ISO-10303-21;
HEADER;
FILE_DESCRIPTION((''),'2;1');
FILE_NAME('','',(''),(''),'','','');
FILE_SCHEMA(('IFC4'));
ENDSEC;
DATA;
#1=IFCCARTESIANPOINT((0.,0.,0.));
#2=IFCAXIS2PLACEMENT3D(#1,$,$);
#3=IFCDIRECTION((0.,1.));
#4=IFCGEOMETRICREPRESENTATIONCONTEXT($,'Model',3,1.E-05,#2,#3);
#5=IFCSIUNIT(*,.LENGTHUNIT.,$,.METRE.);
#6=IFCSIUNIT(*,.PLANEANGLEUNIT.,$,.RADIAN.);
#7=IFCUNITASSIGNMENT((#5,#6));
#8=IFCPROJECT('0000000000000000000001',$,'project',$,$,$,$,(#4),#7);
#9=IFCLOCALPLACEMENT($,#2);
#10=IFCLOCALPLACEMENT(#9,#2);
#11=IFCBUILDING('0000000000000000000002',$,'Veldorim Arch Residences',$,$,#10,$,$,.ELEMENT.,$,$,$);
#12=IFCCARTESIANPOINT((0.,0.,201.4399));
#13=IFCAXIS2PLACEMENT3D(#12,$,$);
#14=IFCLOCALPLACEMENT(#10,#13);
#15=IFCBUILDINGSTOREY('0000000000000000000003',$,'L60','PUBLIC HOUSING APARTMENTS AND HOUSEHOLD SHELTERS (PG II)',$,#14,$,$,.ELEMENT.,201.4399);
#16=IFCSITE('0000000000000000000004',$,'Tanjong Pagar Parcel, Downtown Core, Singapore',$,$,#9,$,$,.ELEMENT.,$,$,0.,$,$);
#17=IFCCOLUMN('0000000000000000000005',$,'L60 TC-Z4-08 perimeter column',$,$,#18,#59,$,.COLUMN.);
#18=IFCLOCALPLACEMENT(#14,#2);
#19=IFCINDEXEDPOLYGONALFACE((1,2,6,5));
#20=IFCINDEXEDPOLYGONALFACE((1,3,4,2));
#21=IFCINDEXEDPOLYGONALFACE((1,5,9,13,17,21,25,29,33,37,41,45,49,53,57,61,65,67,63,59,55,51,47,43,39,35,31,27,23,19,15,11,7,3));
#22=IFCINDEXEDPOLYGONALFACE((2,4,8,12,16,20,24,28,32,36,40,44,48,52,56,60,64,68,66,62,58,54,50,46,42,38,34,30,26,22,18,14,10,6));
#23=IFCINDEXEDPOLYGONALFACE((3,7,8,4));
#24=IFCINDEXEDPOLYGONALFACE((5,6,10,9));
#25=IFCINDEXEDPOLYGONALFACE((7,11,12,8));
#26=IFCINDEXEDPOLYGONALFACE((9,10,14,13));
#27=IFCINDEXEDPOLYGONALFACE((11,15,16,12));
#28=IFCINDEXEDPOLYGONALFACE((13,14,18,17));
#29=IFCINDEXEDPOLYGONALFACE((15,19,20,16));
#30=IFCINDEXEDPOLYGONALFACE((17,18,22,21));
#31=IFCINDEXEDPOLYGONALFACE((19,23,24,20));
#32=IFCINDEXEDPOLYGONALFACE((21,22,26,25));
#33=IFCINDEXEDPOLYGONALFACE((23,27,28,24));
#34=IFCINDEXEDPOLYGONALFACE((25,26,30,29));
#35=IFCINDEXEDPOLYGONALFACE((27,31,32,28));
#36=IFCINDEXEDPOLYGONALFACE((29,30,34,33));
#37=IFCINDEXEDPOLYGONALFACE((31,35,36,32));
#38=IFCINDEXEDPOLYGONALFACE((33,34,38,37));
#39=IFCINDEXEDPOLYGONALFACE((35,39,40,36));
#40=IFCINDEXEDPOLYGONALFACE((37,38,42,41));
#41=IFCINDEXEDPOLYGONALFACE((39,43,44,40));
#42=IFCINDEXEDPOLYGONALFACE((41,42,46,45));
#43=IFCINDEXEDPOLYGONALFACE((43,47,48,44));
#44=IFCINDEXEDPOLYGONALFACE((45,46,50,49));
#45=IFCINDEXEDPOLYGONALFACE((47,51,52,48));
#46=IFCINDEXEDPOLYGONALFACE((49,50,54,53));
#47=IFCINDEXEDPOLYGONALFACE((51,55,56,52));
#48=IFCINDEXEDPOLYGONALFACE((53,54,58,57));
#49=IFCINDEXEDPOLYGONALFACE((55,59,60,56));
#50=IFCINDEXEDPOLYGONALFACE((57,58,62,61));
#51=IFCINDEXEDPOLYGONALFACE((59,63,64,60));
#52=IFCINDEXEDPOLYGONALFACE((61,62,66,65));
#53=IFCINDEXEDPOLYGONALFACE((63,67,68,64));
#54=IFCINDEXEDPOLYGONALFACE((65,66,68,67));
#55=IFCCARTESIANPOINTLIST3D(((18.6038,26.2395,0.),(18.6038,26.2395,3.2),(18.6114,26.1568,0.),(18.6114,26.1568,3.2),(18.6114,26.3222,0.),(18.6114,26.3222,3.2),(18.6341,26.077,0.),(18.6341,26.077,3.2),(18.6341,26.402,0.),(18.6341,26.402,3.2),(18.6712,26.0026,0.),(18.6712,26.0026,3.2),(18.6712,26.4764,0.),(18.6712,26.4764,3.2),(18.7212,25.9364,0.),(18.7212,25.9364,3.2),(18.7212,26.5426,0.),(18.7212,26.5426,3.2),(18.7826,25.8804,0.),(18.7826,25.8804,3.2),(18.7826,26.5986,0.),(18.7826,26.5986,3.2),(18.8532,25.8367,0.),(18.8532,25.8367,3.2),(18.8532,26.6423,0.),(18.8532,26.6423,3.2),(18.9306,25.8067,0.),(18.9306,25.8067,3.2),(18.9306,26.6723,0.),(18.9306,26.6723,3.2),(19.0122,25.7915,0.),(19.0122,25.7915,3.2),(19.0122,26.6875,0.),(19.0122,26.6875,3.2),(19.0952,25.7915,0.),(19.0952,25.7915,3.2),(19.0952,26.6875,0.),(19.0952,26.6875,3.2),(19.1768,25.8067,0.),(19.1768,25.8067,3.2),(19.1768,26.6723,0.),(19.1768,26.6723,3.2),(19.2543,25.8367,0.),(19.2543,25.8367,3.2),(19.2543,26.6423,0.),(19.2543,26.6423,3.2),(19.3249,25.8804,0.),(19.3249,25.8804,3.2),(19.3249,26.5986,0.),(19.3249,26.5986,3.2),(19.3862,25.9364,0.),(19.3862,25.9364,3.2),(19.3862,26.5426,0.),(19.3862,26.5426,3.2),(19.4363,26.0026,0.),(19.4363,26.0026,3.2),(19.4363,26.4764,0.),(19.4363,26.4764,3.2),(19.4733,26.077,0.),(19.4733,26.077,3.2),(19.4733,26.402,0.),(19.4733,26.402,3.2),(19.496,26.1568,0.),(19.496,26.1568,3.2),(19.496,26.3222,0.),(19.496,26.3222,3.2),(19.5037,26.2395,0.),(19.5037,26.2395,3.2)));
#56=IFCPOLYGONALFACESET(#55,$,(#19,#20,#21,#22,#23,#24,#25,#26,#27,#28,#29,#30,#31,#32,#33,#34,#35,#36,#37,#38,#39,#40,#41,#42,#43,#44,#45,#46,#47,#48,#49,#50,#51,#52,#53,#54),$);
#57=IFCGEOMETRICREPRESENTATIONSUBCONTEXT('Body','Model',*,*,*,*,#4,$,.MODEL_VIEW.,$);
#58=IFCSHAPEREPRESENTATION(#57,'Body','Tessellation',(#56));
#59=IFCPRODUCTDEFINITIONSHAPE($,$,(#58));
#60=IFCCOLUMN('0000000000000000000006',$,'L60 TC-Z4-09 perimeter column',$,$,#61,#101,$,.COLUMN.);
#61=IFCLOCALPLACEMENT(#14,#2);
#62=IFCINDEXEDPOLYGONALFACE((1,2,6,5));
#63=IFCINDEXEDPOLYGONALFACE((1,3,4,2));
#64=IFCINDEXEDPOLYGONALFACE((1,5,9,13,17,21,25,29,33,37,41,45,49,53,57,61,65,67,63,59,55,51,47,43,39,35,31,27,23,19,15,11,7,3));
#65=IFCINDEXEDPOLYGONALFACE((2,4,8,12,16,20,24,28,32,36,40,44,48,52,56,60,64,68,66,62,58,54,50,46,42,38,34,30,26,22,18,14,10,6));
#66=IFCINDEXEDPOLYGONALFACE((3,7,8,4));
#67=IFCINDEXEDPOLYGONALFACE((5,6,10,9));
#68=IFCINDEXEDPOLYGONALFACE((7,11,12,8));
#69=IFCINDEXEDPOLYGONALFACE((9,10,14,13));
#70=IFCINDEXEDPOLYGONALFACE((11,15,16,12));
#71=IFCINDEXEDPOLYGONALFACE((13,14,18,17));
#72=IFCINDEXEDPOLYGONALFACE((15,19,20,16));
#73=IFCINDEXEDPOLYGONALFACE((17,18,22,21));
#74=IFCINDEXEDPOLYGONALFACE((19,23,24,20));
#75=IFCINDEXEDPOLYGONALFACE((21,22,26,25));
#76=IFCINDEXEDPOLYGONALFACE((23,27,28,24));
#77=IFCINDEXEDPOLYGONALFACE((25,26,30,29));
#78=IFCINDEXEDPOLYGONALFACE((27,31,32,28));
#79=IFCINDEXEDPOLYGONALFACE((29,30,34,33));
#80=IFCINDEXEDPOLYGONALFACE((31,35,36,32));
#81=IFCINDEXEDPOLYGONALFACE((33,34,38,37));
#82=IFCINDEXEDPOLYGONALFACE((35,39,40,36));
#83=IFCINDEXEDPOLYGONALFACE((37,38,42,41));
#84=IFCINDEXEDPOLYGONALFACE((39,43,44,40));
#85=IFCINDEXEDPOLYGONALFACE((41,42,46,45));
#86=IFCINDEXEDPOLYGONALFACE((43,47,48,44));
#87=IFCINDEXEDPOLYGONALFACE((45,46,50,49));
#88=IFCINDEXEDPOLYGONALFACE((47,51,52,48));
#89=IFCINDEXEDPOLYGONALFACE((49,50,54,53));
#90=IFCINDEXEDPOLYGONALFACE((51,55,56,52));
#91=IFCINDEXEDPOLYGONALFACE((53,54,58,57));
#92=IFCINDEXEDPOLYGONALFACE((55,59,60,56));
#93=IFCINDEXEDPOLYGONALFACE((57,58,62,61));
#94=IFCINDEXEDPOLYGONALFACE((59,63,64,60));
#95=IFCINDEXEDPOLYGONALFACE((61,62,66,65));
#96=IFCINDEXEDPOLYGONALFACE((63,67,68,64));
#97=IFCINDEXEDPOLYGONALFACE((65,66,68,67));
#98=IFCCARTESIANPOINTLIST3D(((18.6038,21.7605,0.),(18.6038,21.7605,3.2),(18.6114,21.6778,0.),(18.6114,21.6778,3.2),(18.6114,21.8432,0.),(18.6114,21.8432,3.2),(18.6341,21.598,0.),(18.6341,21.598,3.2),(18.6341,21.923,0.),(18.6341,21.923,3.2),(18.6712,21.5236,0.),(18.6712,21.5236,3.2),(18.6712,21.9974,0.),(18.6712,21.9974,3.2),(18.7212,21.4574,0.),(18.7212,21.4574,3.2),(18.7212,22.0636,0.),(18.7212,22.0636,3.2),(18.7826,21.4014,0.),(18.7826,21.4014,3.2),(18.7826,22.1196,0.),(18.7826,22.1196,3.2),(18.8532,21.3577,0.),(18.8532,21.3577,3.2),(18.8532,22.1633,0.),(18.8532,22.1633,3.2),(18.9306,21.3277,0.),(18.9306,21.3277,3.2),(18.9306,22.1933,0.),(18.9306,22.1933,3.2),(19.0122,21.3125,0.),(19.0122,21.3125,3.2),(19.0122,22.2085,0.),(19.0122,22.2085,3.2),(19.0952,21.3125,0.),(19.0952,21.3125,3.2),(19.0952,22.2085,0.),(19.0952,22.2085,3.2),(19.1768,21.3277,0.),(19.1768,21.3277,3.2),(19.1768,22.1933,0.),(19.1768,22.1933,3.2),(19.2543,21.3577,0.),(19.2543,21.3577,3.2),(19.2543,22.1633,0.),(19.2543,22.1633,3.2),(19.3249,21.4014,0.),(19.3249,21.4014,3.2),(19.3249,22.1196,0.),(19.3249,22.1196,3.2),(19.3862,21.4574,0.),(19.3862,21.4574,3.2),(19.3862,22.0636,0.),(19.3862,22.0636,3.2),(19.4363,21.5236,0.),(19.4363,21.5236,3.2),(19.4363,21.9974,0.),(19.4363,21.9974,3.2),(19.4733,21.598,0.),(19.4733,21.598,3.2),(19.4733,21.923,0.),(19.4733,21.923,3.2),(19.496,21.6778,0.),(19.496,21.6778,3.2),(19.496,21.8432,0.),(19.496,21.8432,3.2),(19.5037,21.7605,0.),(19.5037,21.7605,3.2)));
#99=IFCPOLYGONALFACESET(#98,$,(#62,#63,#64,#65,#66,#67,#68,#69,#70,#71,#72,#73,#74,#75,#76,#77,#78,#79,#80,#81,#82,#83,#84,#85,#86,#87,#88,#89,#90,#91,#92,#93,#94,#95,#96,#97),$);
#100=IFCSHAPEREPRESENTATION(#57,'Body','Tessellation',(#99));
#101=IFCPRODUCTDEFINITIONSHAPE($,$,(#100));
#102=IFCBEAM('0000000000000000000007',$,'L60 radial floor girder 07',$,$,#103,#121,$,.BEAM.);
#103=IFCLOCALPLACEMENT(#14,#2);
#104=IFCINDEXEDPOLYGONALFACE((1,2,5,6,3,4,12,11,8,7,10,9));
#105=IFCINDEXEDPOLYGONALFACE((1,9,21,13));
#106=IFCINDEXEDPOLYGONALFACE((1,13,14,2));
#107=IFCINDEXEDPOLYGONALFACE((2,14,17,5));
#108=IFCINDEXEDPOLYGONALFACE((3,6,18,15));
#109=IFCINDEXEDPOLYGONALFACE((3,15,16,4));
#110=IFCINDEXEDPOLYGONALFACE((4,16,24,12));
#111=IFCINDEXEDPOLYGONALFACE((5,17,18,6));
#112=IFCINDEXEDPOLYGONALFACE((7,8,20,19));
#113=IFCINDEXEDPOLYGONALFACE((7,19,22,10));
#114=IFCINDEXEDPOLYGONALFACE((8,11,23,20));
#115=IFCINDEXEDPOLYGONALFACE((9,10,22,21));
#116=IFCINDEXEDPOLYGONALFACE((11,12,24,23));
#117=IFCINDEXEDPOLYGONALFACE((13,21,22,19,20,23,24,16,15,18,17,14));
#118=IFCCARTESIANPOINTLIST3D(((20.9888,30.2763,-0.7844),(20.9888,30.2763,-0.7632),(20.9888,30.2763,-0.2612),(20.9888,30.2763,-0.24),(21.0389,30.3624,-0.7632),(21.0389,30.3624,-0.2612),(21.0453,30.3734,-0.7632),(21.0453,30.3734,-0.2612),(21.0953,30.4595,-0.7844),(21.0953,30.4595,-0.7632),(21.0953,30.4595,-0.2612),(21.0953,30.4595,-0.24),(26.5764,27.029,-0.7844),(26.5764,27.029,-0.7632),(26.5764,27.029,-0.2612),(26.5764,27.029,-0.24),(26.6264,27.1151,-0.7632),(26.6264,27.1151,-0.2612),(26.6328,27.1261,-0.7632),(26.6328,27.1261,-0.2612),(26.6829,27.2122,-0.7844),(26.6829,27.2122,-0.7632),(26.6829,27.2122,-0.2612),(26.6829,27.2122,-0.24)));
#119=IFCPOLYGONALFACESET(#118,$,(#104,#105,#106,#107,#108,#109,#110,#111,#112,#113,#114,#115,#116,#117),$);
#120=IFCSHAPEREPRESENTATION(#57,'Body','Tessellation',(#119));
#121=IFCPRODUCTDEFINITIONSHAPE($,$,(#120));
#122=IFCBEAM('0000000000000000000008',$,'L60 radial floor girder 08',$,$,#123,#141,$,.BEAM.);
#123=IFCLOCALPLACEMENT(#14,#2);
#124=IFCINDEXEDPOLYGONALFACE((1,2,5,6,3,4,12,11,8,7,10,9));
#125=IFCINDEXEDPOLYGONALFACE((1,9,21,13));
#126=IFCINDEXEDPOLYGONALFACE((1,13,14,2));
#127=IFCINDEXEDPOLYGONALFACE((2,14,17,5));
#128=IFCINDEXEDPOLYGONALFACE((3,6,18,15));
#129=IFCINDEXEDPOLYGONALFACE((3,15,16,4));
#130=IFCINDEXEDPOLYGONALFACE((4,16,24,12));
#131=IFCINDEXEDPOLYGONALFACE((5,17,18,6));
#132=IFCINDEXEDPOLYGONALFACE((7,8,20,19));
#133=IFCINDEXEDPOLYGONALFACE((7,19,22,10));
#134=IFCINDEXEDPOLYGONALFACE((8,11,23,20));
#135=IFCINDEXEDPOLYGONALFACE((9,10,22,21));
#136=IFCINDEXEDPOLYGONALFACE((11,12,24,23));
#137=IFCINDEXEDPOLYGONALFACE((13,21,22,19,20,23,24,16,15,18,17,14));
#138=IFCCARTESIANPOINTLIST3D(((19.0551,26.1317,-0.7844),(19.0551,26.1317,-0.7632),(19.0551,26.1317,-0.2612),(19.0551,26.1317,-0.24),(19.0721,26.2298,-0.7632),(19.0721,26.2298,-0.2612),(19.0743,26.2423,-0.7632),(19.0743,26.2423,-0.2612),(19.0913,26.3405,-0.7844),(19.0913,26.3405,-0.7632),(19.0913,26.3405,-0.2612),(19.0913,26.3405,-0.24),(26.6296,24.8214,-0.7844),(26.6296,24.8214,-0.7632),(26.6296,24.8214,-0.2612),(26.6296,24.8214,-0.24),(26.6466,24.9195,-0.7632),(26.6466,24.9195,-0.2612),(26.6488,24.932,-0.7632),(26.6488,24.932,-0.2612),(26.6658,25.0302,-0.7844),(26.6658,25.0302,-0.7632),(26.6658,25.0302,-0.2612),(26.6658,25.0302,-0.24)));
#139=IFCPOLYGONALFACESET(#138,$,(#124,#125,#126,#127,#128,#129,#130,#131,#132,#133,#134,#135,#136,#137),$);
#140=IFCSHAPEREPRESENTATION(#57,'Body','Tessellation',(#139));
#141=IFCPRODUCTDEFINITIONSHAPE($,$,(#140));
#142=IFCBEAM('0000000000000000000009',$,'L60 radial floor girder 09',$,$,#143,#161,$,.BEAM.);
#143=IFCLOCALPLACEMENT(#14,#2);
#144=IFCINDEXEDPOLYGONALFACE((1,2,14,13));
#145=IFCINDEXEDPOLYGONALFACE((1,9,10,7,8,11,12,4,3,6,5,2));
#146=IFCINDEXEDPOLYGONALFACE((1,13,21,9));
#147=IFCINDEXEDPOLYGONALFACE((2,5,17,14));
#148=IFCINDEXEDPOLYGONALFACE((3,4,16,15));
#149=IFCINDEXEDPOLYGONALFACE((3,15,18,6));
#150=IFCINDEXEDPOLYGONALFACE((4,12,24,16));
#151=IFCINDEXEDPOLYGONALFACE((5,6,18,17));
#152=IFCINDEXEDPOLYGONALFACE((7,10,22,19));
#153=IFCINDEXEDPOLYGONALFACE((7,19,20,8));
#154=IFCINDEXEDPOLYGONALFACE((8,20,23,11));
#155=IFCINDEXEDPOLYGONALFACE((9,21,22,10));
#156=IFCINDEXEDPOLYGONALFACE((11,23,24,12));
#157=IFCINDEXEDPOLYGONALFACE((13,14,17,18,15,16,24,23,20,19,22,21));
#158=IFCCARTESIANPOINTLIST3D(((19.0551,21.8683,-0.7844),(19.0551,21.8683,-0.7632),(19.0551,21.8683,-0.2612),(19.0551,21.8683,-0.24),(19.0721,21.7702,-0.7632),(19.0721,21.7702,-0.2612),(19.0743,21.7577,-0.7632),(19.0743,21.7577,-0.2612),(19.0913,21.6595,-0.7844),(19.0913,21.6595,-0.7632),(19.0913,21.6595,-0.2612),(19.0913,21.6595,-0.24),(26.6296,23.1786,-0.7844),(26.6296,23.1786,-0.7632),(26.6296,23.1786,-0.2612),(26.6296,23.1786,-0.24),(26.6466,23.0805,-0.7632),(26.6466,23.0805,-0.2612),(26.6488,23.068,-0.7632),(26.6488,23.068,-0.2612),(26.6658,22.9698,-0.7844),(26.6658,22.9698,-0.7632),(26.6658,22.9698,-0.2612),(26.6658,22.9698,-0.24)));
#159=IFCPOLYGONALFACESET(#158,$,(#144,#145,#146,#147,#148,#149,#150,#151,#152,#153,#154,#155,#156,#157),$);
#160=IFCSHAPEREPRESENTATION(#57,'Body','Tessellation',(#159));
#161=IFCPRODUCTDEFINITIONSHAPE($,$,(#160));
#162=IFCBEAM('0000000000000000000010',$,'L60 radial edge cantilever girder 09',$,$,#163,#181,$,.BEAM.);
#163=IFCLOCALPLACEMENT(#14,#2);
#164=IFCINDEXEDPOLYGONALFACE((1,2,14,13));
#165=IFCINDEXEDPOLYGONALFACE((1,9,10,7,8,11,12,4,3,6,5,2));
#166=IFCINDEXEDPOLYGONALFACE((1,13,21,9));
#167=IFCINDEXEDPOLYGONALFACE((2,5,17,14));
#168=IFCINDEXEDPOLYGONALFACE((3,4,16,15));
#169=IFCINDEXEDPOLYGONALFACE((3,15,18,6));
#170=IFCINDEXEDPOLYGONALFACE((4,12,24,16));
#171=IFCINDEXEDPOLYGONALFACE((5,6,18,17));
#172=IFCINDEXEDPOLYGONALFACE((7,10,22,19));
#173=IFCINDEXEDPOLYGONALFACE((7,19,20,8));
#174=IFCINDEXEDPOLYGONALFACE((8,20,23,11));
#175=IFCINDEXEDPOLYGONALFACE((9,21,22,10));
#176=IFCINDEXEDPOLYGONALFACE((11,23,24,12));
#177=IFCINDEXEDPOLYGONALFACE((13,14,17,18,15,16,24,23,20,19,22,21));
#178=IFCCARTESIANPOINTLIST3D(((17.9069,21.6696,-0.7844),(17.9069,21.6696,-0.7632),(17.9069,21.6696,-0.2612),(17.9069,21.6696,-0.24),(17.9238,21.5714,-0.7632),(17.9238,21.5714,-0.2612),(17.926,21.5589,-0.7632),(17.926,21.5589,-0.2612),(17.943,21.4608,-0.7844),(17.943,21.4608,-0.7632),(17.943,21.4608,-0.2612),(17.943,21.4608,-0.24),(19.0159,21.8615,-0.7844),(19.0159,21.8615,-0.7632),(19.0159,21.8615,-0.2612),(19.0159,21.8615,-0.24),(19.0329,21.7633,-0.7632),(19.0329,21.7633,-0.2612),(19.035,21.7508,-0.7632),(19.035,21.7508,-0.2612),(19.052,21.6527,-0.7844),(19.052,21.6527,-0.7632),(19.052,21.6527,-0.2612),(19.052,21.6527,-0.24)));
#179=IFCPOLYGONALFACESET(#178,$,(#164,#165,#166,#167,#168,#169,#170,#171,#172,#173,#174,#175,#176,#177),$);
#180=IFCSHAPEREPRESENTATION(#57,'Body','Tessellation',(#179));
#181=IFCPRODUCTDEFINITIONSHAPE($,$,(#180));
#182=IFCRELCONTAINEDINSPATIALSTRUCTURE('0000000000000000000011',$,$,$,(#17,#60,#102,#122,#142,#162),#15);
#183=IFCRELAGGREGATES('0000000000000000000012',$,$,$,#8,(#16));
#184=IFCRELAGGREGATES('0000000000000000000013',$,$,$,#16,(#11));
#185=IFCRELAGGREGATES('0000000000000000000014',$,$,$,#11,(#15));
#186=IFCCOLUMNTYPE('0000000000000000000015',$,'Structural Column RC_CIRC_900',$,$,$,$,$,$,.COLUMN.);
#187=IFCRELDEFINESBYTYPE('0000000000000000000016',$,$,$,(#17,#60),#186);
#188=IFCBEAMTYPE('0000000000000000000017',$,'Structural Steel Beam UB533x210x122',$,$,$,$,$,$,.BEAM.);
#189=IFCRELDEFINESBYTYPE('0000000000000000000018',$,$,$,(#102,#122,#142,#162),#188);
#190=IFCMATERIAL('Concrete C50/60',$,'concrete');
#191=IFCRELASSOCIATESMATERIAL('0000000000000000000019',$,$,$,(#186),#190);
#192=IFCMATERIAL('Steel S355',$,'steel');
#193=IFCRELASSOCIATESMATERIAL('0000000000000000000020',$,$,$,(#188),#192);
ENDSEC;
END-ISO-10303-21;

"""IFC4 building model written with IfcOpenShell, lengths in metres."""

from ifc_helpers import new_model, si_unit, direction, frame, origin, origin_2d, place, context, subcontext, project, spatial, circle, i_section, extrude, material, material_profile, profile_set, type_object, element, save


model = new_model("IFC4")

# Units and contexts
model_context = context("Model", 3, precision=1e-05, world=origin(), true_north=direction((0.0, 1.0)))
body_context = subcontext(model_context, "Body", "Model", "MODEL_VIEW")
ifc_project = project(units=[si_unit("LENGTHUNIT", "METRE"), si_unit("PLANEANGLEUNIT", "RADIAN")], contexts=[model_context])

# Site, building, storey
site_placement = place(None, origin())
site = spatial("IfcSite", under=ifc_project, at=site_placement, Name="Tanjong Pagar Parcel, Downtown Core, Singapore", CompositionType="ELEMENT", RefElevation=0.0)
building_placement = place(site_placement, origin())
building = spatial("IfcBuilding", under=site, at=building_placement, Name="Veldorim Arch Residences", CompositionType="ELEMENT")
storey_placement = place(building_placement, frame((0.0, 0.0, 201.4399)))
storey = spatial("IfcBuildingStorey", under=building, at=storey_placement, Name="L60", Description="PUBLIC HOUSING APARTMENTS AND HOUSEHOLD SHELTERS (PG II)", CompositionType="ELEMENT", Elevation=201.4399)

# Columns
ifc_material_1 = material(Name="Concrete C50/60", Category="concrete")
ifc_material_profile_1 = material_profile(ifc_material_1, circle(Radius=0.45, at=origin_2d()), Name="RC_CIRC_900")
ifc_profile_set_1 = profile_set([ifc_material_profile_1], Name="Concrete C50/60")
column_type = type_object("IfcColumnType", Name="Structural Column RC_CIRC_900", PredefinedType="COLUMN", material=ifc_profile_set_1)
for number, where, z_axis, x_axis, name in (
    (1, (19.0537, 26.2395, 0.0), (0.0, 0.0, 1.0), (1.0, 0.0, 0.0), "L60 TC-Z4-08 perimeter column"),
    (2, (19.0537, 21.7605, 0.0), (0.0, 0.0, 1.0), (1.0, 0.0, 0.0), "L60 TC-Z4-09 perimeter column"),
):
    element("IfcColumn", number, at=place(storey_placement, frame(where, z_axis=z_axis, x_axis=x_axis)), inside=storey, type_object=column_type, Name=name, PredefinedType="COLUMN", context=body_context, shape_type="SweptSolid", body=[
        extrude(circle(Radius=0.45, at=origin_2d()), origin(), (0.0, 0.0, 1.0), 3.2),
    ])

# Beams
ifc_material_2 = material(Name="Steel S355", Category="steel")
ifc_material_profile_2 = material_profile(ifc_material_2, i_section(OverallWidth=0.2119, OverallDepth=0.5444, WebThickness=0.0127, FlangeThickness=0.0212, at=origin_2d()), Name="UB533x210x122")
ifc_profile_set_2 = profile_set([ifc_material_profile_2], Name="Steel S355")
beam_type_1 = type_object("IfcBeamType", Name="Structural Steel Beam UB533x210x122", PredefinedType="BEAM", material=ifc_profile_set_2)
beam_1_placement = place(storey_placement, frame((26.6296, 27.1206, -0.5122), z_axis=(-0.864596, 0.502468, 0.0), x_axis=(-0.502468, -0.864596, 0.0)))
element("IfcBeam", 3, at=beam_1_placement, inside=storey, type_object=beam_type_1, Name="L60 radial floor girder 07", PredefinedType="BEAM", context=body_context, shape_type="SweptSolid", body=[
    extrude(i_section(OverallWidth=0.2119, OverallDepth=0.5444, WebThickness=0.0127, FlangeThickness=0.0212, at=origin_2d()), origin(), (0.0, 0.0, 1.0), 6.4626),
])
for number, where, z_axis, x_axis, name in (
    (4, (26.6477, 24.9258, -0.5122), (-0.985365, 0.170458, 0.0), (-0.170458, -0.985365, 0.0), "L60 radial floor girder 08"),
    (5, (26.6477, 23.0742, -0.5122), (-0.985365, -0.170458, 0.0), (0.170458, -0.985365, 0.0), "L60 radial floor girder 09"),
):
    element("IfcBeam", number, at=place(storey_placement, frame(where, z_axis=z_axis, x_axis=x_axis)), inside=storey, type_object=beam_type_1, Name=name, PredefinedType="BEAM", context=body_context, shape_type="SweptSolid", body=[
        extrude(i_section(OverallWidth=0.2119, OverallDepth=0.5444, WebThickness=0.0127, FlangeThickness=0.0212, at=origin_2d()), origin(), (0.0, 0.0, 1.0), 7.687),
    ])
beam_2_placement = place(storey_placement, frame((19.0339, 21.7571, -0.5122), z_axis=(-0.985355, -0.170517, 0.0), x_axis=(0.170517, -0.985355, 0.0)))
element("IfcBeam", 6, at=beam_2_placement, inside=storey, type_object=beam_type_1, Name="L60 radial edge cantilever girder 09", PredefinedType="BEAM", context=body_context, shape_type="SweptSolid", body=[
    extrude(i_section(OverallWidth=0.2119, OverallDepth=0.5444, WebThickness=0.0127, FlangeThickness=0.0212, at=origin_2d()), origin(), (0.0, 0.0, 1.0), 1.1255),
])

save(model, "model.ifc")
